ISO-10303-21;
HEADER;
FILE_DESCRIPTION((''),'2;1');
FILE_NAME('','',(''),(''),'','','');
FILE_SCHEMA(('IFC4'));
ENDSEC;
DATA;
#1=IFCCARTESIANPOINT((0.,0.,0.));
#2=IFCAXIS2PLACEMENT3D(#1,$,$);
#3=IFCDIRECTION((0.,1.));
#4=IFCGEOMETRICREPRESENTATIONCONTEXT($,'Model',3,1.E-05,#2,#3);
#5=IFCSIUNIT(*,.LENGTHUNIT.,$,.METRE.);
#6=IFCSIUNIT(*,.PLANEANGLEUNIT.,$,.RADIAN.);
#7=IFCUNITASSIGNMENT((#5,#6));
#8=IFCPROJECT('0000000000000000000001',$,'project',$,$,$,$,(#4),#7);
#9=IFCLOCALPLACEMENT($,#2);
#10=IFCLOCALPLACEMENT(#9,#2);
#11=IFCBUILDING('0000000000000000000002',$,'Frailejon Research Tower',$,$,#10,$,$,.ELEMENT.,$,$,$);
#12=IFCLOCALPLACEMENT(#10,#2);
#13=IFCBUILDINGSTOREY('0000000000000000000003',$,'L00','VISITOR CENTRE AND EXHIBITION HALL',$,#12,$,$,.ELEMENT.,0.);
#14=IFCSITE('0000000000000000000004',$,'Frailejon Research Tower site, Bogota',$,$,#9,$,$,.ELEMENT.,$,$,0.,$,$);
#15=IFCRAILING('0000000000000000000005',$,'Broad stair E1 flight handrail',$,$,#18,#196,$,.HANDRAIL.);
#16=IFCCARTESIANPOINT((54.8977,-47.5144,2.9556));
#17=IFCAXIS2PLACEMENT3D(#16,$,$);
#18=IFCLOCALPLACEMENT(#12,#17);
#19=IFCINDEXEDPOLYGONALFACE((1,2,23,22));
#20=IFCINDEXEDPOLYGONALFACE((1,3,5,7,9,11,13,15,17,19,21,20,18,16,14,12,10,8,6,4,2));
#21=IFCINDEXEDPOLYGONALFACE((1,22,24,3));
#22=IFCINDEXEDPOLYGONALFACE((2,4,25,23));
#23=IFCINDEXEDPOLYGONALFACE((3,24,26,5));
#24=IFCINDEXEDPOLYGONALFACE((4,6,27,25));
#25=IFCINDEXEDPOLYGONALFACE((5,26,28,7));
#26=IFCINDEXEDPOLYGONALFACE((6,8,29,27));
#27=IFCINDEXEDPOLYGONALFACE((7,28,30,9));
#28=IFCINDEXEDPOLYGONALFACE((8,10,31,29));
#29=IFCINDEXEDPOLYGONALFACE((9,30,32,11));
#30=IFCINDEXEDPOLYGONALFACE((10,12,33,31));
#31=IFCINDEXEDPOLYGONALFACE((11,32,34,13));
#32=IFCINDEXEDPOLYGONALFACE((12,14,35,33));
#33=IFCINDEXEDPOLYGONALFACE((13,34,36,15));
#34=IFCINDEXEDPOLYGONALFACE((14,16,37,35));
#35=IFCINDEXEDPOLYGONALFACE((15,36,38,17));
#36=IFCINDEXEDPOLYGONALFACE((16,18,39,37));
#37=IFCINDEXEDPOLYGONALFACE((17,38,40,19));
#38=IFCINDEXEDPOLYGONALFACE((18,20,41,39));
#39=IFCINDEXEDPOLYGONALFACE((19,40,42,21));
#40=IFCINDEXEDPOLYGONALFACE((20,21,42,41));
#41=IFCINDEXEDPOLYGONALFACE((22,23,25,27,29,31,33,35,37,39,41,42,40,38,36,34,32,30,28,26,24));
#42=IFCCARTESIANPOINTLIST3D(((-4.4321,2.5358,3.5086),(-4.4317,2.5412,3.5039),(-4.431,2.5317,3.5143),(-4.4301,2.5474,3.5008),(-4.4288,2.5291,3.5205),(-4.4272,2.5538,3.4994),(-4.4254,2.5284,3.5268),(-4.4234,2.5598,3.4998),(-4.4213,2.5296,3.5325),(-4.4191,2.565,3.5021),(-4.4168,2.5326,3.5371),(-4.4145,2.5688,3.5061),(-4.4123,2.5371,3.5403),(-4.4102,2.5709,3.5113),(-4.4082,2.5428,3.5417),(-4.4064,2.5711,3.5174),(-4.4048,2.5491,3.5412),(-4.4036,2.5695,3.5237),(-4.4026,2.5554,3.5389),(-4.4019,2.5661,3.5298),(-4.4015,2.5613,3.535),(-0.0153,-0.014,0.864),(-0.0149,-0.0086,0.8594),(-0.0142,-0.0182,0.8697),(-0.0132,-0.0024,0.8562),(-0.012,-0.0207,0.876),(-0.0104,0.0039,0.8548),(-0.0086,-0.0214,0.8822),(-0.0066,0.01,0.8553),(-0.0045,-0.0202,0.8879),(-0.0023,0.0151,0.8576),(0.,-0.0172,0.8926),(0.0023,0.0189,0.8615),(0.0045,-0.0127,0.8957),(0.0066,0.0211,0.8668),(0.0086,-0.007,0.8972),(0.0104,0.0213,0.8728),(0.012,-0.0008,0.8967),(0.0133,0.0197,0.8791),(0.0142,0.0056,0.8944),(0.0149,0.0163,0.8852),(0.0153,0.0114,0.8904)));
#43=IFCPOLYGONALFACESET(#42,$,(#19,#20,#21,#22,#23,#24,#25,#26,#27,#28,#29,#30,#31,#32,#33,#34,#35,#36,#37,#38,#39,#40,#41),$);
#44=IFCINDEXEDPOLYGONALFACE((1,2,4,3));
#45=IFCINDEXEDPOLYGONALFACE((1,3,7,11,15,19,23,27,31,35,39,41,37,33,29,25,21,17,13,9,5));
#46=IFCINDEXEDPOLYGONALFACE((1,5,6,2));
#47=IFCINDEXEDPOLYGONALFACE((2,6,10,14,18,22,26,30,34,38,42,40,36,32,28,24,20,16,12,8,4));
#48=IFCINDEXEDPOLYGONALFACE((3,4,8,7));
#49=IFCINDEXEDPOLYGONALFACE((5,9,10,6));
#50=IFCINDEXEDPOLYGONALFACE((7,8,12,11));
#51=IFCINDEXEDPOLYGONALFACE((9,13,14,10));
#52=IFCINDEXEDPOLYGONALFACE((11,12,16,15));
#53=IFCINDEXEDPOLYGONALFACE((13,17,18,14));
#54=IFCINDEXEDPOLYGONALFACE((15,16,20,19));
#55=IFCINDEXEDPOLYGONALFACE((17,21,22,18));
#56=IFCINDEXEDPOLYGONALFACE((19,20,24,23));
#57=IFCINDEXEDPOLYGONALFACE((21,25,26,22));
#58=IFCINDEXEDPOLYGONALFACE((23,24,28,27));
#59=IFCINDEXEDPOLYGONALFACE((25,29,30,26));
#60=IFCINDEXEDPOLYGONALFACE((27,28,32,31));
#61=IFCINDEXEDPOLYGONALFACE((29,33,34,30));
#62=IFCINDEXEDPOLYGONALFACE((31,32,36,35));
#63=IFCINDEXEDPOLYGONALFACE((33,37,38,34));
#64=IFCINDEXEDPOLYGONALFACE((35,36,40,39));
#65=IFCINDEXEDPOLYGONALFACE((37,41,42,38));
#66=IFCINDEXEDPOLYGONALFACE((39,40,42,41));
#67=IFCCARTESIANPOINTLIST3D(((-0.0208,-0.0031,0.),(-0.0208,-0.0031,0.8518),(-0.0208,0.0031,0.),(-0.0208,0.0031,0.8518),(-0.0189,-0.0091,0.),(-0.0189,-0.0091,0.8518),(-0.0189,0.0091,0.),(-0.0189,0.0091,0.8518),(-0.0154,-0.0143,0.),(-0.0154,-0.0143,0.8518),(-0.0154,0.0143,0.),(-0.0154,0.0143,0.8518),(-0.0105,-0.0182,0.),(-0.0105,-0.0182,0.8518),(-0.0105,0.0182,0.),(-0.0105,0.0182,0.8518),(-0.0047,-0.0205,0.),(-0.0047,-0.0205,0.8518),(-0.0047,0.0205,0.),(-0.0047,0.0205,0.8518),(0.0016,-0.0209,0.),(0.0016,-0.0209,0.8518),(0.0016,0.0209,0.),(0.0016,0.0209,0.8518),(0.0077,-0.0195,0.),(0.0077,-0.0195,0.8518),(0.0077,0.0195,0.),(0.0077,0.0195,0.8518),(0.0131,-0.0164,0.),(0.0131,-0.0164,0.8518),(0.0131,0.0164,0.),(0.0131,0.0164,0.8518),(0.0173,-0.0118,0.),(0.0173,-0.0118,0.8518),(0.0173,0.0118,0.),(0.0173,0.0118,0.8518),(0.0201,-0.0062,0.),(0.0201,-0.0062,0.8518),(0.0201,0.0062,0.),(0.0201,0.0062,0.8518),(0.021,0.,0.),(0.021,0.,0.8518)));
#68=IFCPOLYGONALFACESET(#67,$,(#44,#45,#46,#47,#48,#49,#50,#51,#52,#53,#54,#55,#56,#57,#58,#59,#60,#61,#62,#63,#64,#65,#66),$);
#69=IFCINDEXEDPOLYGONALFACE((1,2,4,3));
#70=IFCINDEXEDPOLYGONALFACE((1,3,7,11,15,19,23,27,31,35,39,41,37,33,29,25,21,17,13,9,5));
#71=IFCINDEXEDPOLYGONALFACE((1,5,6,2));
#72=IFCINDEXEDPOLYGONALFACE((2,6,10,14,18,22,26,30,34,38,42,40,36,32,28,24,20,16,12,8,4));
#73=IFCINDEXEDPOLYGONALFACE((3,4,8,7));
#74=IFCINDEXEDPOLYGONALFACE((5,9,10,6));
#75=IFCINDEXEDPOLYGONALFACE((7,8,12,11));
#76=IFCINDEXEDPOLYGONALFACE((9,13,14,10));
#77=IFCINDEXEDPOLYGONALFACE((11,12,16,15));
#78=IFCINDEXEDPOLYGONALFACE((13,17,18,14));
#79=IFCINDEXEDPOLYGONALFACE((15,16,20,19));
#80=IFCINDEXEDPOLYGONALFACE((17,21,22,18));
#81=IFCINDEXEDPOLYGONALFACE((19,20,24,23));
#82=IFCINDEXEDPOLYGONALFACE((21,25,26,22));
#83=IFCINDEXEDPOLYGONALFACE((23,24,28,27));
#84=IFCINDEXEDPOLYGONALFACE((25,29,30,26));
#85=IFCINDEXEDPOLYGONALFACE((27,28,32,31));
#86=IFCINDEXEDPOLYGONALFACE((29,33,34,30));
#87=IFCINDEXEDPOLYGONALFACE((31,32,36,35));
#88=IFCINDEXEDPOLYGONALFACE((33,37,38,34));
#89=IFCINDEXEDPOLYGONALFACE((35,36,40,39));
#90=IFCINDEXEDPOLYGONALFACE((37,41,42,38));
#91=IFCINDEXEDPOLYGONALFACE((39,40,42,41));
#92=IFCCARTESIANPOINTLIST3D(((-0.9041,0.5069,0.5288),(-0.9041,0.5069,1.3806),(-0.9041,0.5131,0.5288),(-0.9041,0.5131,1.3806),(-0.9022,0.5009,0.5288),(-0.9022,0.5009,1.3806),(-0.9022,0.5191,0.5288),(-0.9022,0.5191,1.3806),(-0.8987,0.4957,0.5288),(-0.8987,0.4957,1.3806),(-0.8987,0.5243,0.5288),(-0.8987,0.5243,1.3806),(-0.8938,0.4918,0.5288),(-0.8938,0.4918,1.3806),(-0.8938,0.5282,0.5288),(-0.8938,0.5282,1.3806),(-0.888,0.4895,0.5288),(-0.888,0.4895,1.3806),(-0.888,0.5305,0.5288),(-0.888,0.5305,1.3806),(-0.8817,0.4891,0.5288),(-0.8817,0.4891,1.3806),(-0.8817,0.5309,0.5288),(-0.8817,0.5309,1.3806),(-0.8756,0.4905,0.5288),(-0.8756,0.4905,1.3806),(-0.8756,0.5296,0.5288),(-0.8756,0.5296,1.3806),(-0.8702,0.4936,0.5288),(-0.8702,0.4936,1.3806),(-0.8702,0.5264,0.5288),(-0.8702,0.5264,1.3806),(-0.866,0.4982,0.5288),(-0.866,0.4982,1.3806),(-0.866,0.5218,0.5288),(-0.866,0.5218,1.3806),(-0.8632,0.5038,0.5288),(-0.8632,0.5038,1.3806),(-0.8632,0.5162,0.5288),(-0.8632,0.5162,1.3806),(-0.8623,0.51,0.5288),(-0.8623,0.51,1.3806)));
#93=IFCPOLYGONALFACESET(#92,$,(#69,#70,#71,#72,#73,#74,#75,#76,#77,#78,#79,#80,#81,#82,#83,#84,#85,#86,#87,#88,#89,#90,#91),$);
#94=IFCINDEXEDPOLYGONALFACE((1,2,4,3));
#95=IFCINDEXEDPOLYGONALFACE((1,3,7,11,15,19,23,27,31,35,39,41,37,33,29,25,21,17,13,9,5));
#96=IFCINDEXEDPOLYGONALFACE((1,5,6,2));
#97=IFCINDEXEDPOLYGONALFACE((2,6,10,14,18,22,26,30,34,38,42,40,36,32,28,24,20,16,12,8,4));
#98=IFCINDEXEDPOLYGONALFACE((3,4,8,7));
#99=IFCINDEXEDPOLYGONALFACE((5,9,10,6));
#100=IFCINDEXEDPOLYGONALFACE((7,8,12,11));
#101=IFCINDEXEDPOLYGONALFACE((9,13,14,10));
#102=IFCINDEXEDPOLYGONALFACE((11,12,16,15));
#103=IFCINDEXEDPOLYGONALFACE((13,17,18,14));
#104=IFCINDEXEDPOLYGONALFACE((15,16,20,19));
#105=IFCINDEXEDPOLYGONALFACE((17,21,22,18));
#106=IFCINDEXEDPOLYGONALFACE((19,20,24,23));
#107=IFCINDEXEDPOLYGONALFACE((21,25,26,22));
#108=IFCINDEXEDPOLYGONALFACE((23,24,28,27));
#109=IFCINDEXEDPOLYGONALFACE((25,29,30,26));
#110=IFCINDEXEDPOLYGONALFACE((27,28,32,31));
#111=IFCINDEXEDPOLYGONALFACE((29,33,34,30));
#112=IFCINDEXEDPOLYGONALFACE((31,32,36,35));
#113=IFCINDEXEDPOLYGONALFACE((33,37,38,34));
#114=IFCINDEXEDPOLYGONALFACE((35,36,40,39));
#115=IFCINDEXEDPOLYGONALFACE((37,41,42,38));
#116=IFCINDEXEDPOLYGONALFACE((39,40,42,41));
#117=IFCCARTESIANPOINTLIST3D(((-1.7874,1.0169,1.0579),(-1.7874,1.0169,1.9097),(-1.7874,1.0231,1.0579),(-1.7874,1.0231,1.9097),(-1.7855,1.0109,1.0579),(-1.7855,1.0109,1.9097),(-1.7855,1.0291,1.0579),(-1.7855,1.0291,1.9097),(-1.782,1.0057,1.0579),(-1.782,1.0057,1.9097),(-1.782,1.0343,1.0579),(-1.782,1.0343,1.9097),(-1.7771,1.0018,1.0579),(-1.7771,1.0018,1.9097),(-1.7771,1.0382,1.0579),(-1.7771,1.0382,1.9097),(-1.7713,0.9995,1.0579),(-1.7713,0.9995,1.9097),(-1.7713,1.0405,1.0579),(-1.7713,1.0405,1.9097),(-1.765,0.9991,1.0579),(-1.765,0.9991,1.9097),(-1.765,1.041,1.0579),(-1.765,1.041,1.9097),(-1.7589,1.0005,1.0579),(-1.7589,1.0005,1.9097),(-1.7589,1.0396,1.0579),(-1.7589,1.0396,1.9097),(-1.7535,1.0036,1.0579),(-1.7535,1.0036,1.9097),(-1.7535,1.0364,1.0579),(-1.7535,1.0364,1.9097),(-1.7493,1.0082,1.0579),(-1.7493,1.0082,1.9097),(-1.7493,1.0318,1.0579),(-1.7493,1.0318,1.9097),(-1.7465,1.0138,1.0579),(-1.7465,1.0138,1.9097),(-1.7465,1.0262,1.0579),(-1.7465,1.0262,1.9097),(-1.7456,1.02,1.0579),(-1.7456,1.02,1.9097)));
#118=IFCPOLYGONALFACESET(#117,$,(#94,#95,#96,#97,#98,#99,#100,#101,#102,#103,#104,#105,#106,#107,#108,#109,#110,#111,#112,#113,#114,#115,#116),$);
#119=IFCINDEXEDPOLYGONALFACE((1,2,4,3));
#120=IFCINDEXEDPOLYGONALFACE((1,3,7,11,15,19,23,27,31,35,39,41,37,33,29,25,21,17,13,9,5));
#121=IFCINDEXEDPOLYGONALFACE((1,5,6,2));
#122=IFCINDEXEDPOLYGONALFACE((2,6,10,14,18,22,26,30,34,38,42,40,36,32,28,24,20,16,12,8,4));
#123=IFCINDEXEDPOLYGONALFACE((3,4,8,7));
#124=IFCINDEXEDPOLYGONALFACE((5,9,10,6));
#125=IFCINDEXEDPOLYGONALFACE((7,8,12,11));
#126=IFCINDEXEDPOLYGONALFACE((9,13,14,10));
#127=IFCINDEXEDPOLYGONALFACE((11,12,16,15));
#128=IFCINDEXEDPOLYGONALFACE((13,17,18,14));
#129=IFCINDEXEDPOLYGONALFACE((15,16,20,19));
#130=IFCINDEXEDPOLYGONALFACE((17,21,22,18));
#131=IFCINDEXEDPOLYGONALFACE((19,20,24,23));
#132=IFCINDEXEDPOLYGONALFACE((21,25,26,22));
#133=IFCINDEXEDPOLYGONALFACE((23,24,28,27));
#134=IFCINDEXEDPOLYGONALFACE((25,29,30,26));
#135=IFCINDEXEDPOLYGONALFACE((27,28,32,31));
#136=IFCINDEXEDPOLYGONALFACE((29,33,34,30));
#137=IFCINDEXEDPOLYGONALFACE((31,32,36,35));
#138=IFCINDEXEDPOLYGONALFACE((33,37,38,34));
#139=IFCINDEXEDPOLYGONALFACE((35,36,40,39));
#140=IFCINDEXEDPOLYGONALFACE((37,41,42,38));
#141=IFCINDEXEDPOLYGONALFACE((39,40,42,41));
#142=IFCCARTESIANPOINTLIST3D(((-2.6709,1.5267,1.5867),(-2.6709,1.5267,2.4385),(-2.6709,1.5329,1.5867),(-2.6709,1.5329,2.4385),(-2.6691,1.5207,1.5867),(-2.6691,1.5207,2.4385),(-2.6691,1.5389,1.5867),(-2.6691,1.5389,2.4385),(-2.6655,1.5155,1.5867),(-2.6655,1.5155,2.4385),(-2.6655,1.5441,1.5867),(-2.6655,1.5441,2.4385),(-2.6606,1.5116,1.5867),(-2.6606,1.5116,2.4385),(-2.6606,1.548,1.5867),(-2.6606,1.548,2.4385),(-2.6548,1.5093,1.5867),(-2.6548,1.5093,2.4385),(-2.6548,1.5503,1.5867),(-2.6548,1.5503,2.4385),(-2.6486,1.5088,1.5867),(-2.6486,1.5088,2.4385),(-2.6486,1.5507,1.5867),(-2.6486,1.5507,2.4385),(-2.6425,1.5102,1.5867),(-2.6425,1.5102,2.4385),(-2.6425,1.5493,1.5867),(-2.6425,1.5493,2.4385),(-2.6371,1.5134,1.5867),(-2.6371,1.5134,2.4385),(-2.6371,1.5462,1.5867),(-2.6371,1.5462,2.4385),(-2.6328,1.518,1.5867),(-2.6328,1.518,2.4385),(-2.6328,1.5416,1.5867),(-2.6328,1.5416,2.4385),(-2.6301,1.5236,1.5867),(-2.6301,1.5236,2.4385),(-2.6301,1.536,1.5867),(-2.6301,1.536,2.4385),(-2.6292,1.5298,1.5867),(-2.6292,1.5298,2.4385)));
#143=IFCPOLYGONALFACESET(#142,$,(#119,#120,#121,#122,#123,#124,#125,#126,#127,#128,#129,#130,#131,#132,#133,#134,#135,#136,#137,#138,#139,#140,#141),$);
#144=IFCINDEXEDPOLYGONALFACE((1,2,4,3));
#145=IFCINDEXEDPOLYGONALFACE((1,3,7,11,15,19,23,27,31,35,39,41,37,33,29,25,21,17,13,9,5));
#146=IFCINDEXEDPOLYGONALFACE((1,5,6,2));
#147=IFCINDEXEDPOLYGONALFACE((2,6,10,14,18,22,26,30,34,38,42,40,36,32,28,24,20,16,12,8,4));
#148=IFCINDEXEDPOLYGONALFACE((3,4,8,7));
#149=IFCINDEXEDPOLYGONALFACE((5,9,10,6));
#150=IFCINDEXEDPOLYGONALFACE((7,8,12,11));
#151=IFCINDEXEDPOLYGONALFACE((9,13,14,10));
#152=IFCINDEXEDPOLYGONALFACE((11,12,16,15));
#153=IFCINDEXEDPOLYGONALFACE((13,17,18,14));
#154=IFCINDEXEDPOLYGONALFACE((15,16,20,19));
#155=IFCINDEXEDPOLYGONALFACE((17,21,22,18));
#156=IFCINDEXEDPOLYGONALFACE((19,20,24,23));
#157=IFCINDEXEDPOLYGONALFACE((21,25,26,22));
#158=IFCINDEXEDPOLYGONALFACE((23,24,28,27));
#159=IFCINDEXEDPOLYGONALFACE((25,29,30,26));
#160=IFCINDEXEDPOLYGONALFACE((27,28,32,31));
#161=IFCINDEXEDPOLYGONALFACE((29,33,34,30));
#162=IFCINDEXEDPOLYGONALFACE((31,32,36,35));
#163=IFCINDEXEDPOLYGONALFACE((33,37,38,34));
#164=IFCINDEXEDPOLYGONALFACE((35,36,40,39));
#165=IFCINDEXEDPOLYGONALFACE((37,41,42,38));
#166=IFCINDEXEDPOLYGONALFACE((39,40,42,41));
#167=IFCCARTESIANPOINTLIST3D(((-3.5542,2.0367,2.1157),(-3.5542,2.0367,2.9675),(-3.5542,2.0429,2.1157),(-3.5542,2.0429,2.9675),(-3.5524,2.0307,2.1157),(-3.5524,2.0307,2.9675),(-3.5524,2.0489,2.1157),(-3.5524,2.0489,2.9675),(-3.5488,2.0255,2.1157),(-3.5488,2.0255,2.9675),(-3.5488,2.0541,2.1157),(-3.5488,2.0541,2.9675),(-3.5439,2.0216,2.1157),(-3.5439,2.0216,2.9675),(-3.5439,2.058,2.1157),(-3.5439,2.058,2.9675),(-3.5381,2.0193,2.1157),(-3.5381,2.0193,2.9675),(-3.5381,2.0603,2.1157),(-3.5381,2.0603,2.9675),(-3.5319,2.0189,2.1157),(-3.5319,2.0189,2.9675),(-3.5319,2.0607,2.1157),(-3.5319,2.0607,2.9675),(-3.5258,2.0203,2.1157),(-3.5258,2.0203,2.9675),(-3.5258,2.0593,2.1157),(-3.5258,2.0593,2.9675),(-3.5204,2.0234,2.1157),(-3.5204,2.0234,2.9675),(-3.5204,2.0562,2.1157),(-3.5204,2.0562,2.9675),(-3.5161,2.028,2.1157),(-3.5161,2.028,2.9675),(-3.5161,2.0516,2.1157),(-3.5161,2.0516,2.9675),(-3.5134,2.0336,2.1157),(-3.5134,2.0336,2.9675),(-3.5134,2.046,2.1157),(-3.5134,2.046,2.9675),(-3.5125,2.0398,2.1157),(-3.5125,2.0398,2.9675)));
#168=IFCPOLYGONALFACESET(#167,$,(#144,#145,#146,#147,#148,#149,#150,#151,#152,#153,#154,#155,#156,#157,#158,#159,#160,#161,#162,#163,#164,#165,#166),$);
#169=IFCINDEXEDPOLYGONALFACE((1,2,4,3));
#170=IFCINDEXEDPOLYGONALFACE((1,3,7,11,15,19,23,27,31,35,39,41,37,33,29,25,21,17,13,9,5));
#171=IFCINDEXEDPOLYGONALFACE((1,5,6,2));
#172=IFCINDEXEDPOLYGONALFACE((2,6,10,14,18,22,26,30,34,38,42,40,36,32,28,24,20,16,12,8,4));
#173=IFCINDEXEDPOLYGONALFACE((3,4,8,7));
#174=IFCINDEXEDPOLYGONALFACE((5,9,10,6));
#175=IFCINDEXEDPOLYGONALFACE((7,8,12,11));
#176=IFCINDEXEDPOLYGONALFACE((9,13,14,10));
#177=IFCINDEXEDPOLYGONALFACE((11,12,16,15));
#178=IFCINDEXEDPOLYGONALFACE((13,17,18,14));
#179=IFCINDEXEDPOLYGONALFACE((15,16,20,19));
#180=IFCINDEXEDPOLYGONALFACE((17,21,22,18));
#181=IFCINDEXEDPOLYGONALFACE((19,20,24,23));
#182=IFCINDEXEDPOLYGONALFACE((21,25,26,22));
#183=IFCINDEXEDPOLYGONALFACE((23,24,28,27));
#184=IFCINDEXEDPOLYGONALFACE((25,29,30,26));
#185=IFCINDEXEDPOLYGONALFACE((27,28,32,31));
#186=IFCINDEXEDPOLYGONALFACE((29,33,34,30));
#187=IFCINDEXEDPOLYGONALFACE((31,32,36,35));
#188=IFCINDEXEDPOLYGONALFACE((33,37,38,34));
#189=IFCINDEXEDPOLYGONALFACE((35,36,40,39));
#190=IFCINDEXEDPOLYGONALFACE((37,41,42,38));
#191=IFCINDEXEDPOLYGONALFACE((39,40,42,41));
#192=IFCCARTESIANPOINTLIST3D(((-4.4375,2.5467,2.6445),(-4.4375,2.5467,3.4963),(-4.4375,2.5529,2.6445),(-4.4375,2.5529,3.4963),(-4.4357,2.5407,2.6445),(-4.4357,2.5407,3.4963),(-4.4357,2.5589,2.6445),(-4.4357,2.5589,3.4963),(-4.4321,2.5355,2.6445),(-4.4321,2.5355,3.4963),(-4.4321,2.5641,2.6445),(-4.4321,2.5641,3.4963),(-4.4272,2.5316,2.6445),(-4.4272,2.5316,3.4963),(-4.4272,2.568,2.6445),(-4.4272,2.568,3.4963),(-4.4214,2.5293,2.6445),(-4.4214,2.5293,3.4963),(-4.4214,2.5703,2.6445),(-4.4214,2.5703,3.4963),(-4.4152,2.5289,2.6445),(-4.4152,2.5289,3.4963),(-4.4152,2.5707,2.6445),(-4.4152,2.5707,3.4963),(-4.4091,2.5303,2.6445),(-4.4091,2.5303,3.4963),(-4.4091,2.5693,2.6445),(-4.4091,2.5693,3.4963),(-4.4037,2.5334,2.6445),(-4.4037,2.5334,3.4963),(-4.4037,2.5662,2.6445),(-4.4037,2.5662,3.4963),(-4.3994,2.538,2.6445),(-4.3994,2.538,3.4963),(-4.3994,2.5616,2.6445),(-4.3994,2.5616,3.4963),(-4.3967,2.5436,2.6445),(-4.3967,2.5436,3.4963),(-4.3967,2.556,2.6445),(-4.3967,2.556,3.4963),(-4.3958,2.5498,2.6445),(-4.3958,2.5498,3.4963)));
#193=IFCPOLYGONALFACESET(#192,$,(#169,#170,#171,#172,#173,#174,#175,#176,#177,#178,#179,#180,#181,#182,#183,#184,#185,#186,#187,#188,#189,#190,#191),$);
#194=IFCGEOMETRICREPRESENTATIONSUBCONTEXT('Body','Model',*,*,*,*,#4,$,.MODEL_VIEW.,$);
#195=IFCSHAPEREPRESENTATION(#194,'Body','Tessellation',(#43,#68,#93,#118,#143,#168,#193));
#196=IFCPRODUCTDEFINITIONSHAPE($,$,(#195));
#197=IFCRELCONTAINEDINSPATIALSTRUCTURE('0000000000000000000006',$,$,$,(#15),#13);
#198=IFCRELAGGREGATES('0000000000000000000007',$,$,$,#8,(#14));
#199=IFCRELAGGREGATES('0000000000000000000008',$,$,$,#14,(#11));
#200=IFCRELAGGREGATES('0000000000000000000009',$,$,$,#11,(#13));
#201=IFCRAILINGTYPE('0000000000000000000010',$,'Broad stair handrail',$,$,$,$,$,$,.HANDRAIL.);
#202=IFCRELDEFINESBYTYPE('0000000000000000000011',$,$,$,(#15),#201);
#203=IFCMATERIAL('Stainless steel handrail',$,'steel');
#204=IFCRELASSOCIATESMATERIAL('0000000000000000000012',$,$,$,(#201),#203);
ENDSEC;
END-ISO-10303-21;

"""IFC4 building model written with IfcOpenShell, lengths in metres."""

from ifc_helpers import new_model, si_unit, direction, frame, origin, origin_2d, place, context, subcontext, project, spatial, circle, extrude, material, type_object, element, save


model = new_model("IFC4")

# Units and contexts
model_context = context("Model", 3, precision=1e-05, world=origin(), true_north=direction((0.0, 1.0)))
body_context = subcontext(model_context, "Body", "Model", "MODEL_VIEW")
ifc_project = project(units=[si_unit("LENGTHUNIT", "METRE"), si_unit("PLANEANGLEUNIT", "RADIAN")], contexts=[model_context])

# Site, building, storey
site_placement = place(None, origin())
site = spatial("IfcSite", under=ifc_project, at=site_placement, Name="Frailejon Research Tower site, Bogota", CompositionType="ELEMENT", RefElevation=0.0)
building_placement = place(site_placement, origin())
building = spatial("IfcBuilding", under=site, at=building_placement, Name="Frailejon Research Tower", CompositionType="ELEMENT")
storey_placement = place(building_placement, origin())
storey = spatial("IfcBuildingStorey", under=building, at=storey_placement, Name="L00", Description="VISITOR CENTRE AND EXHIBITION HALL", CompositionType="ELEMENT", Elevation=0.0)

# Railing
ifc_material_1 = material(Name="Stainless steel handrail", Category="steel")
railing_type_1 = type_object("IfcRailingType", Name="Broad stair handrail", PredefinedType="HANDRAIL", material=ifc_material_1)
railing_1_placement = place(storey_placement, frame((54.8977, -47.5144, 2.9556)))
element("IfcRailing", 1, at=railing_1_placement, inside=storey, type_object=railing_type_1, Name="Broad stair E1 flight handrail", PredefinedType="HANDRAIL", context=body_context, shape_type="SweptSolid", body=[
    extrude(circle(Radius=0.0239, at=origin_2d()), frame((0.0, 0.0, 0.876), z_axis=(-0.768826, 0.443846, 0.460335), x_axis=(-0.49997, -0.866043, 0.0)), (0.0, 0.0, 1.0), 5.7449),
    extrude(circle(Radius=0.021, at=origin_2d()), origin(), (0.0, 0.0, 1.0), 0.8518),
    extrude(circle(Radius=0.021, at=origin_2d()), frame((-0.8833, 0.51, 0.5288)), (0.0, 0.0, 1.0), 0.8518),
    extrude(circle(Radius=0.021, at=origin_2d()), frame((-1.7666, 1.02, 1.0579)), (0.0, 0.0, 1.0), 0.8518),
    extrude(circle(Radius=0.021, at=origin_2d()), frame((-2.6501, 1.5298, 1.5867)), (0.0, 0.0, 1.0), 0.8518),
    extrude(circle(Radius=0.021, at=origin_2d()), frame((-3.5334, 2.0398, 2.1157)), (0.0, 0.0, 1.0), 0.8518),
    extrude(circle(Radius=0.021, at=origin_2d()), frame((-4.4167, 2.5498, 2.6445)), (0.0, 0.0, 1.0), 0.8518),
])

save(model, "model.ifc")
